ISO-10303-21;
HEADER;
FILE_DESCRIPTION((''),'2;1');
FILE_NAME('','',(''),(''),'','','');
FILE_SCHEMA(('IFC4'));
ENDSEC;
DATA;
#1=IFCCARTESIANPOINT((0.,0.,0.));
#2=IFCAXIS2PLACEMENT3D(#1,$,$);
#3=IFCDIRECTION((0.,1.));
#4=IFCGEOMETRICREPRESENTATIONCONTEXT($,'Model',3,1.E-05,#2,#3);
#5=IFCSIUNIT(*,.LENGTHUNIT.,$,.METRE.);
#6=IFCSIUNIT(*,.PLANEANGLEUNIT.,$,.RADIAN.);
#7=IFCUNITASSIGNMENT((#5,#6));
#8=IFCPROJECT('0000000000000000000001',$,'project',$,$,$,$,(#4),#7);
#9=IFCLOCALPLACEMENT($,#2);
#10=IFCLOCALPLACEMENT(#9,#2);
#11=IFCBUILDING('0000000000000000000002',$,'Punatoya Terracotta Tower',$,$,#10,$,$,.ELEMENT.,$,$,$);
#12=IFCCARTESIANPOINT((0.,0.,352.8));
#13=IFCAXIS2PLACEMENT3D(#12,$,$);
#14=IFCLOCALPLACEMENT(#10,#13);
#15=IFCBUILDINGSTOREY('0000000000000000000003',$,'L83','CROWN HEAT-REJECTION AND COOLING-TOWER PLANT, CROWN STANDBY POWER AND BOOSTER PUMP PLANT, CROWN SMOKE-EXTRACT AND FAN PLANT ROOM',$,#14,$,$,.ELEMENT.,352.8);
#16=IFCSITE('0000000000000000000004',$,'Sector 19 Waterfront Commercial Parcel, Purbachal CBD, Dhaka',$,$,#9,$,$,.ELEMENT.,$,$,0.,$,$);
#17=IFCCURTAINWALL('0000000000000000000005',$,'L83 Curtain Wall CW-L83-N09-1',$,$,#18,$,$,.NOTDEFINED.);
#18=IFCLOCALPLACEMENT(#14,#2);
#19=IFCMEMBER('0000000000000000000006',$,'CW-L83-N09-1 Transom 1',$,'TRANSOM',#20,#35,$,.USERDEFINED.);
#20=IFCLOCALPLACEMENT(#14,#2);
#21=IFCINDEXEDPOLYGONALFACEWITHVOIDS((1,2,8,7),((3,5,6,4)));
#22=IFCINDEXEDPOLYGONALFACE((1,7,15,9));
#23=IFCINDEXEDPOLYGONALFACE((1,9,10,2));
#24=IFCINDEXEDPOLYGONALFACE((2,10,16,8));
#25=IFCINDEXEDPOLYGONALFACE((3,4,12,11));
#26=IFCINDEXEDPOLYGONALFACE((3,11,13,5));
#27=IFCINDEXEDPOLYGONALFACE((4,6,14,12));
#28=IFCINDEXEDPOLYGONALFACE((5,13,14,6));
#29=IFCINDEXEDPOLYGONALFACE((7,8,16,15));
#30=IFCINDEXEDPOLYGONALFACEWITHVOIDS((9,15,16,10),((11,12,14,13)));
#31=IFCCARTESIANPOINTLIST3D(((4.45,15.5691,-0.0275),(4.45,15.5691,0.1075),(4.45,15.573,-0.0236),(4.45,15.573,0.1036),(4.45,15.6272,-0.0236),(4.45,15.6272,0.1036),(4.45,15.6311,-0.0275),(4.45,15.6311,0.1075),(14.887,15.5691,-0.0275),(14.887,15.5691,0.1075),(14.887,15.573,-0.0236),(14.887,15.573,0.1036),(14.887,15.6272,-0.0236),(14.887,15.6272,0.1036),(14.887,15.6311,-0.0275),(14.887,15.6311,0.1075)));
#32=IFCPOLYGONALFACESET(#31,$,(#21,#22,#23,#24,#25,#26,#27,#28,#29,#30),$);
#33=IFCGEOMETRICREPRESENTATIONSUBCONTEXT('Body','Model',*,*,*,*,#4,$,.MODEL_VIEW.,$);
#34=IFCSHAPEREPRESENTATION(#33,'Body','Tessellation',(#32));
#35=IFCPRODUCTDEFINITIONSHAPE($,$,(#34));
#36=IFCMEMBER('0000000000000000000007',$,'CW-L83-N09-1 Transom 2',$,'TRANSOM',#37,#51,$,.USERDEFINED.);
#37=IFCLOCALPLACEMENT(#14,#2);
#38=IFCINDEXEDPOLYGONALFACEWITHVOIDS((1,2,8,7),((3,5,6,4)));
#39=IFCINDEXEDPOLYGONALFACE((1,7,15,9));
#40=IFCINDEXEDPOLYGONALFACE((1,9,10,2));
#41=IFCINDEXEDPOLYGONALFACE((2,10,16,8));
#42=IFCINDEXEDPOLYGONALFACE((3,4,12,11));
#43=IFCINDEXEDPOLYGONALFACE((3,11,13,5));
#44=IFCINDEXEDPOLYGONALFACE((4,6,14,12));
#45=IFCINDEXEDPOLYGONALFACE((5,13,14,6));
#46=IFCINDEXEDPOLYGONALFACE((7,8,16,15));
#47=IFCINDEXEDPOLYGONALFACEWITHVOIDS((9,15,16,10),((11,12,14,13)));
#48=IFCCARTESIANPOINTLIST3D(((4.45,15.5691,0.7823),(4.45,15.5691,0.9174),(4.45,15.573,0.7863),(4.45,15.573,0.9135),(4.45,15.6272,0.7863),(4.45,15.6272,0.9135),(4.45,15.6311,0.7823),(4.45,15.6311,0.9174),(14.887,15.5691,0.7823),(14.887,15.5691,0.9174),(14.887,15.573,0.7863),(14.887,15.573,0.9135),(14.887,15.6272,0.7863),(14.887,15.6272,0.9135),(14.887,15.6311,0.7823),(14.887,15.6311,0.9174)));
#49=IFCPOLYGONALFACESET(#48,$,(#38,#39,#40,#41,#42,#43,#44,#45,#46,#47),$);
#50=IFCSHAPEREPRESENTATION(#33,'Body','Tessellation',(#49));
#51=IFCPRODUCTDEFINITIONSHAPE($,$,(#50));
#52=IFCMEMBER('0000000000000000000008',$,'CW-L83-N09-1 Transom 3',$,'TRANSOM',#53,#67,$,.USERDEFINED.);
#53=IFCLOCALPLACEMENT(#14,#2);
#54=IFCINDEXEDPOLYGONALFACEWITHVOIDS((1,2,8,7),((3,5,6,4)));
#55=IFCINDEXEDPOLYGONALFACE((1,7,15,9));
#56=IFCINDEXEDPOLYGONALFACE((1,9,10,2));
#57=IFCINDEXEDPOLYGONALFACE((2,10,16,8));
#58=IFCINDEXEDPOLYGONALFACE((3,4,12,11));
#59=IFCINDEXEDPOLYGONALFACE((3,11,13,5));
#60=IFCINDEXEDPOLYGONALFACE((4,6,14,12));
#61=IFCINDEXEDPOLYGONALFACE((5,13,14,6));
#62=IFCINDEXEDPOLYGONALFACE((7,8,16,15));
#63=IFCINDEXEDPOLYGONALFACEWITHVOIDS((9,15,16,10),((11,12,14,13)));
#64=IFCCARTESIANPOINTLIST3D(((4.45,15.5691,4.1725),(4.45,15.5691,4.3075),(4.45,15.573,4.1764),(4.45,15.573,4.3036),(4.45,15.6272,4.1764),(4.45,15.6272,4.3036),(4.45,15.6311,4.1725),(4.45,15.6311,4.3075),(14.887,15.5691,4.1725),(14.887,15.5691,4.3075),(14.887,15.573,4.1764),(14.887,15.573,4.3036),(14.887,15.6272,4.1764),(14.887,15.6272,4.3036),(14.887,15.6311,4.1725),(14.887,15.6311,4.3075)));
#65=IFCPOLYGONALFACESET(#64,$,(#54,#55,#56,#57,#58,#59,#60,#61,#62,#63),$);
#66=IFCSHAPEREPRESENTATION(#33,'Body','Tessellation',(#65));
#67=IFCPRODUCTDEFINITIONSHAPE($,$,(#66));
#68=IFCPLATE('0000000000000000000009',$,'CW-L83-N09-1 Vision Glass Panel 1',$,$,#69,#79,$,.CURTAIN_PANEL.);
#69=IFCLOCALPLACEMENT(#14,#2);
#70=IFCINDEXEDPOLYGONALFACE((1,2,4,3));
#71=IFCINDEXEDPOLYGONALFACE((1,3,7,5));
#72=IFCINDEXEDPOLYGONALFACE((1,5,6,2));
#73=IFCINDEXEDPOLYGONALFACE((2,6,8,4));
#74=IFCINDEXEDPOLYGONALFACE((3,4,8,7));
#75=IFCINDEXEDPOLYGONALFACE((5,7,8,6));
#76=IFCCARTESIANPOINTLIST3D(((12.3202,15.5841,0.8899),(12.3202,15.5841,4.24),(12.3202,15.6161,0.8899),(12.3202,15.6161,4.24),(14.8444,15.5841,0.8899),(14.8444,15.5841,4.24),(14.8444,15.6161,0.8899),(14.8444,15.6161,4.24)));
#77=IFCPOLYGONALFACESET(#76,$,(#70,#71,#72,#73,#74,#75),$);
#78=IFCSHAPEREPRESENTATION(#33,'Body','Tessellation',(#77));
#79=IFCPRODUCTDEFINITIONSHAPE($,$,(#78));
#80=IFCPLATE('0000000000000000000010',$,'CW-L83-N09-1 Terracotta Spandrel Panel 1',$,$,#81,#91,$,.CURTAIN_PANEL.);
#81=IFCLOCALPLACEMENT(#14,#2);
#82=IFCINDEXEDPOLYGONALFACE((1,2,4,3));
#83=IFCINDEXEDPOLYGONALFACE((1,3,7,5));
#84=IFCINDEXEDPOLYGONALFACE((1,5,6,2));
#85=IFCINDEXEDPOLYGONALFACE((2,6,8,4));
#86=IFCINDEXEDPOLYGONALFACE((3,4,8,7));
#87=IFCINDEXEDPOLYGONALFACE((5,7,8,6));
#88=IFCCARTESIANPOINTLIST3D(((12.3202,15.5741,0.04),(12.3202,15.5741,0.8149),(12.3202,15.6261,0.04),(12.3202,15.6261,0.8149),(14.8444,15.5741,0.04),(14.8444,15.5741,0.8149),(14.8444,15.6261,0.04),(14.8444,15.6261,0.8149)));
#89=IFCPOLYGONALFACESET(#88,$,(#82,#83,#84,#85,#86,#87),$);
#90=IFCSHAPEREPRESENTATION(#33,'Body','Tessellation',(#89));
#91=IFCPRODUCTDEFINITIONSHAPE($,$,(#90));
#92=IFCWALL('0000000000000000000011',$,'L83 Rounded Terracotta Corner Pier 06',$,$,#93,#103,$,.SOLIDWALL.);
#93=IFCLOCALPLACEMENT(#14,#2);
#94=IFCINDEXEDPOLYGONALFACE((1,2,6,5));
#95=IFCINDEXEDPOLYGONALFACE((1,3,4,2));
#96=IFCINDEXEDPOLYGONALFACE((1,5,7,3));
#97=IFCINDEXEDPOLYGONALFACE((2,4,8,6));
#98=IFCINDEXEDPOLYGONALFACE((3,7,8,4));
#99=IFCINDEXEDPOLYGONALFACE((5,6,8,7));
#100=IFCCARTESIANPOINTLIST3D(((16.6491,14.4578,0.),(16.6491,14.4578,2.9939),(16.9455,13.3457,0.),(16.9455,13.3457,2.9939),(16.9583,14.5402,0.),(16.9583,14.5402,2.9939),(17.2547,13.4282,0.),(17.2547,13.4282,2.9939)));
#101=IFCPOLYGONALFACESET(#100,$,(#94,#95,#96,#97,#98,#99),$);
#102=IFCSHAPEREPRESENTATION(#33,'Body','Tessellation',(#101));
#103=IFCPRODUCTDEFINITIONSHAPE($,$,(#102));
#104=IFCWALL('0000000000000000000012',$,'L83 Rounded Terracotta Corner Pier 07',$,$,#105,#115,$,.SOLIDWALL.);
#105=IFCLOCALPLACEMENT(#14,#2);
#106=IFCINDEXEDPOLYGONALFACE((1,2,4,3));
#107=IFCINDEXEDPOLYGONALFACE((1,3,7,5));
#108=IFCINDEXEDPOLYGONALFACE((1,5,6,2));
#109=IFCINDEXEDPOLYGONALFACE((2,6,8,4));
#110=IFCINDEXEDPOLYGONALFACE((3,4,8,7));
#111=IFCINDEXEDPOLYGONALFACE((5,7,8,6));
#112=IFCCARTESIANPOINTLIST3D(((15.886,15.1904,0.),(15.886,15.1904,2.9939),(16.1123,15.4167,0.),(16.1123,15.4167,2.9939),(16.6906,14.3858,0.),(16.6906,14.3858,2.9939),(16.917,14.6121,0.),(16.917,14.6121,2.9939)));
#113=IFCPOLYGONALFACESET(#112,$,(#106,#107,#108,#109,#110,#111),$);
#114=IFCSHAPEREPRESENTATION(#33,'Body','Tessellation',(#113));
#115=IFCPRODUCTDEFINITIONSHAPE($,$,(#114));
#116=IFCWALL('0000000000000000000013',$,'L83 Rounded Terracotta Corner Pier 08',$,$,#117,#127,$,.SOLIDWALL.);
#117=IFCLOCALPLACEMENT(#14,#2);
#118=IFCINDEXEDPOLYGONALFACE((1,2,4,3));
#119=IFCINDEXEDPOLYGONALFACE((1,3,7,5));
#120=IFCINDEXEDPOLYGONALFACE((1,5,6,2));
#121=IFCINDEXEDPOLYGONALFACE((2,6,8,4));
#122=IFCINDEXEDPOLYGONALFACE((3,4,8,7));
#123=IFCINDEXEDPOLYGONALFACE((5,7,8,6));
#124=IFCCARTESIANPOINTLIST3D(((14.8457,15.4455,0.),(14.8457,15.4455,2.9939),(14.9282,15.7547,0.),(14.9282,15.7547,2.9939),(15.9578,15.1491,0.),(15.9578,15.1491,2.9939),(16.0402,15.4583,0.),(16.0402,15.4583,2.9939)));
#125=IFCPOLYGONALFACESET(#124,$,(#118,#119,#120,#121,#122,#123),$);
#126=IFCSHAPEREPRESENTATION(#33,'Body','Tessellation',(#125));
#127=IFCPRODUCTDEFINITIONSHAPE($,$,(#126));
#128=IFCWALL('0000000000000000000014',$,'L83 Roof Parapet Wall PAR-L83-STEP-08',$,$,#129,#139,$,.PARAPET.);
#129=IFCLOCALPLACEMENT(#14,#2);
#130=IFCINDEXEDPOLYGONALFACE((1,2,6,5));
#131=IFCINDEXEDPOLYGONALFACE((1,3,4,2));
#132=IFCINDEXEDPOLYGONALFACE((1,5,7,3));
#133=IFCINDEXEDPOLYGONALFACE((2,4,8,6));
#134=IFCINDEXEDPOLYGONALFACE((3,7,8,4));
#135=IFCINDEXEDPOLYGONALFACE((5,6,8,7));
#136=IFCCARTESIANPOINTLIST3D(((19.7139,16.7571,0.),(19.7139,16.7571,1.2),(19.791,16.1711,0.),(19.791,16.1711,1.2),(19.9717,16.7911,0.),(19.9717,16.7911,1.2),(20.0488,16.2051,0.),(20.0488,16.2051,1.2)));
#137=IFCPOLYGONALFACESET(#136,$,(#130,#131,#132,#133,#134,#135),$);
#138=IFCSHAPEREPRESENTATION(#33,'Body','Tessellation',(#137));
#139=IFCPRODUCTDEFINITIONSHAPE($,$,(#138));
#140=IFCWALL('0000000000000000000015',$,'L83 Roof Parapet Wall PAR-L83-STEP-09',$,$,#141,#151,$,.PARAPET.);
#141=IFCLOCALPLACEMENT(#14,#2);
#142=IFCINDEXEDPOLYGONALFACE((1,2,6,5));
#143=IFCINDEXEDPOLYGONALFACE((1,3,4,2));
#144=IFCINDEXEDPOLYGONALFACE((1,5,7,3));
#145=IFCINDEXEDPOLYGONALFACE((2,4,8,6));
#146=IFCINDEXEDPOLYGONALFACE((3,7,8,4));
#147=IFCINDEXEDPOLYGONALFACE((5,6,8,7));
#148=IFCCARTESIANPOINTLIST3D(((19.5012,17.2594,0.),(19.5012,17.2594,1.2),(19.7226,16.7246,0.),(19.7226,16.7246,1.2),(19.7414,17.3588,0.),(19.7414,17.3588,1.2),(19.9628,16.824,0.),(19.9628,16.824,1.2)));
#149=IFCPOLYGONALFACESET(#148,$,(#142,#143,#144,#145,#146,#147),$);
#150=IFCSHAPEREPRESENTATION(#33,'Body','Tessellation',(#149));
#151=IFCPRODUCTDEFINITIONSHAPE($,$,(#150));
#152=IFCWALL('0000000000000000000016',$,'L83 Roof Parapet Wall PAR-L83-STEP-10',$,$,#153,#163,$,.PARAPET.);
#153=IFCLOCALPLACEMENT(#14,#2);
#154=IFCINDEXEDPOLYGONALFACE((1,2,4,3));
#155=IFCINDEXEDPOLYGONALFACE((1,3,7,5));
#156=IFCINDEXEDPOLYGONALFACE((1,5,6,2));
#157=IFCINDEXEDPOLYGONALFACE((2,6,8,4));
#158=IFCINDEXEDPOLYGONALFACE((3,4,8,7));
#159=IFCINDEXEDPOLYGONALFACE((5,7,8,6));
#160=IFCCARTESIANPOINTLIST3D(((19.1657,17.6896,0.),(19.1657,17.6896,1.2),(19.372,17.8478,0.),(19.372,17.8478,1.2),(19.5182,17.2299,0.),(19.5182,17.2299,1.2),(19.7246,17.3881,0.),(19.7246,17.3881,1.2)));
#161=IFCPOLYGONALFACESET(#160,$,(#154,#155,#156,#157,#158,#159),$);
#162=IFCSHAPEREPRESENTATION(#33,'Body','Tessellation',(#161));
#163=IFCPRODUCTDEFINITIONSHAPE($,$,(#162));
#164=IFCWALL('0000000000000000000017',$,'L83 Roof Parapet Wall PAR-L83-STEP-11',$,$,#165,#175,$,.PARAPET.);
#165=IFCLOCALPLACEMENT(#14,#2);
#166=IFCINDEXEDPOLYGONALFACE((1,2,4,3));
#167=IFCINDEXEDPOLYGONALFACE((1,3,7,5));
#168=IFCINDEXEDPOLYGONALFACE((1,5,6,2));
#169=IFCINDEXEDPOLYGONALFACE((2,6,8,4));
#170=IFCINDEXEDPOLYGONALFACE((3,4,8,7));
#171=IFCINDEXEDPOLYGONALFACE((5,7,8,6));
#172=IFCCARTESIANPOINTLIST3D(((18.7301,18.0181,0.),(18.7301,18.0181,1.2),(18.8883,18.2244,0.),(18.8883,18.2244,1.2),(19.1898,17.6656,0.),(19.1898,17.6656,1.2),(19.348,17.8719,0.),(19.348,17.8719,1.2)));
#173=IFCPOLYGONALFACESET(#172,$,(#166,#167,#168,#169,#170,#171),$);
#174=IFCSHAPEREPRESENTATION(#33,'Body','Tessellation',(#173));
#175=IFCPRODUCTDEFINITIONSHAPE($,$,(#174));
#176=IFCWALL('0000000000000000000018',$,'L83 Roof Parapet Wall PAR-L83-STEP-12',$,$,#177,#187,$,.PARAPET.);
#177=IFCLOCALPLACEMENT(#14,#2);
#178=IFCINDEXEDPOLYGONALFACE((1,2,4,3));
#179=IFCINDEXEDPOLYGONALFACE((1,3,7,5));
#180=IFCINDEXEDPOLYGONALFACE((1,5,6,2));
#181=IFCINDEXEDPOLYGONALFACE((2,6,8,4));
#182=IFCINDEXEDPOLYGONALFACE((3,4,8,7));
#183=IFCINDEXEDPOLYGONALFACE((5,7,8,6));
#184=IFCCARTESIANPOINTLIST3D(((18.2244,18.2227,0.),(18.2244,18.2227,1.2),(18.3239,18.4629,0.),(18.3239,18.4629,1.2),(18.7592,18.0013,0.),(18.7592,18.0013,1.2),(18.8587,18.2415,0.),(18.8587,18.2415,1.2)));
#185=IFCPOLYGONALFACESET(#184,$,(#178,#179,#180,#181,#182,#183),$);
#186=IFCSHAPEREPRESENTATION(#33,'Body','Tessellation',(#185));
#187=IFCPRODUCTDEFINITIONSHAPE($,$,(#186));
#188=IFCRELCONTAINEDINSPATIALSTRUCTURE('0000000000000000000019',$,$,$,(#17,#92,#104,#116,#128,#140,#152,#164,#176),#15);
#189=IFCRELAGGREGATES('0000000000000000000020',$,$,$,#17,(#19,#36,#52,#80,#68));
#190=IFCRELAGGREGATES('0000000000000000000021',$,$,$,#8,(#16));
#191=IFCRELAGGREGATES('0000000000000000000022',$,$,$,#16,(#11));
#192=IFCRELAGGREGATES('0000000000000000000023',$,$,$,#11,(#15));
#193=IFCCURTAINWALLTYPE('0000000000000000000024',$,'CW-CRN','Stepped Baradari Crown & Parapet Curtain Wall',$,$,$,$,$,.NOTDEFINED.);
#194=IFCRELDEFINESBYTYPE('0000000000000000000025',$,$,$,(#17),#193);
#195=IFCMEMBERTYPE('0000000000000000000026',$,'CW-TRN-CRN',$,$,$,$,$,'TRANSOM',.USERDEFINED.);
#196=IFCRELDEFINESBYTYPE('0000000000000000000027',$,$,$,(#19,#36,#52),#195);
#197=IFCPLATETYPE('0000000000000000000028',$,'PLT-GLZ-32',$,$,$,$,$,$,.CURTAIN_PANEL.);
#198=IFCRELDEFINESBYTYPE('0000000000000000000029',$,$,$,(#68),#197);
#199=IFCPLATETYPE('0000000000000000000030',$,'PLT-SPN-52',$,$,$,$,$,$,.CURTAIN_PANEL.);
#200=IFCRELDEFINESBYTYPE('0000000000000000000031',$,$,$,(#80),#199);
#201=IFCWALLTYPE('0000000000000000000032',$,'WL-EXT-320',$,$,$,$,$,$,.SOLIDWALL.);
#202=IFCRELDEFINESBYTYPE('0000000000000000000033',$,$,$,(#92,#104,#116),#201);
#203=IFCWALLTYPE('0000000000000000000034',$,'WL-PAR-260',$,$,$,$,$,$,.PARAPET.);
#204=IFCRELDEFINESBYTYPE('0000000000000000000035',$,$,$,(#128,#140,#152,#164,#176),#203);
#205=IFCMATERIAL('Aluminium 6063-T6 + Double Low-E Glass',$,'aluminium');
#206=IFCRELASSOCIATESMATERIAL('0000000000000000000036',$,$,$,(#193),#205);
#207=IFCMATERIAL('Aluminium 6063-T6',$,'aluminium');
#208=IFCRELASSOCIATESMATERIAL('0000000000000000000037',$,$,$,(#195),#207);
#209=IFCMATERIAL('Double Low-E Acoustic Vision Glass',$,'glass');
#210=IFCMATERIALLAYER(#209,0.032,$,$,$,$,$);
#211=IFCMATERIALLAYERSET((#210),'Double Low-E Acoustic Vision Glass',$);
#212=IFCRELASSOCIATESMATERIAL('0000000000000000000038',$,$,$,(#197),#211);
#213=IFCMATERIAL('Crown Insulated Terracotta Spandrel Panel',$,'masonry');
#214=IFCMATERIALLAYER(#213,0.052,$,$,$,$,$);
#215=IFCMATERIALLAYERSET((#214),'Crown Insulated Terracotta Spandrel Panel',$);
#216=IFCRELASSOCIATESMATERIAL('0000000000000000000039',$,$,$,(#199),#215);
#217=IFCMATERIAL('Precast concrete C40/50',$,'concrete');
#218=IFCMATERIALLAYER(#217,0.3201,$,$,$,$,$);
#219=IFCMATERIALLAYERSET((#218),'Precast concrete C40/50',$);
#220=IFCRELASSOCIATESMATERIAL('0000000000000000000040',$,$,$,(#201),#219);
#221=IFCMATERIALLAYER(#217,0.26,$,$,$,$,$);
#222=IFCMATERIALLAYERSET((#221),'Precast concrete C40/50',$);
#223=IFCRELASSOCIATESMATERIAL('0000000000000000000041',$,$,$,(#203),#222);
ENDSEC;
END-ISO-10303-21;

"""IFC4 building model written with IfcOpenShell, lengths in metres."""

from ifc_helpers import new_model, si_unit, direction, frame, frame_2d, origin, origin_2d, place, context, subcontext, project, spatial, rectangle, hollow_rectangle, extrude, material, layer, layer_set, material_profile, profile_set, type_object, element, aggregate, save


model = new_model("IFC4")

# Units and contexts
model_context = context("Model", 3, precision=1e-05, world=origin(), true_north=direction((0.0, 1.0)))
body_context = subcontext(model_context, "Body", "Model", "MODEL_VIEW")
ifc_project = project(units=[si_unit("LENGTHUNIT", "METRE"), si_unit("PLANEANGLEUNIT", "RADIAN")], contexts=[model_context])

# Site, building, storey
site_placement = place(None, origin())
site = spatial("IfcSite", under=ifc_project, at=site_placement, Name="Sector 19 Waterfront Commercial Parcel, Purbachal CBD, Dhaka", CompositionType="ELEMENT", RefElevation=0.0)
building_placement = place(site_placement, origin())
building = spatial("IfcBuilding", under=site, at=building_placement, Name="Punatoya Terracotta Tower", CompositionType="ELEMENT")
storey_placement = place(building_placement, frame((0.0, 0.0, 352.8)))
storey = spatial("IfcBuildingStorey", under=building, at=storey_placement, Name="L83", Description="CROWN HEAT-REJECTION AND COOLING-TOWER PLANT, CROWN STANDBY POWER AND BOOSTER PUMP PLANT, CROWN SMOKE-EXTRACT AND FAN PLANT ROOM", CompositionType="ELEMENT", Elevation=352.8)

# Curtain wall, members, plates
ifc_material_1 = material(Name="Aluminium 6063-T6 + Double Low-E Glass", Category="aluminium")
curtain_wall_type = type_object("IfcCurtainWallType", Name="CW-CRN", Description="Stepped Baradari Crown & Parapet Curtain Wall", PredefinedType="NOTDEFINED", material=ifc_material_1)
curtain_wall_placement = place(storey_placement, origin())
curtain_wall = element("IfcCurtainWall", 1, at=curtain_wall_placement, inside=storey, type_object=curtain_wall_type, Name="L83 Curtain Wall CW-L83-N09-1", PredefinedType="NOTDEFINED")
ifc_material_2 = material(Name="Aluminium 6063-T6", Category="aluminium")
ifc_material_profile_1 = material_profile(ifc_material_2, hollow_rectangle(XDim=0.062, YDim=0.135, WallThickness=0.0039, at=origin_2d()))
ifc_profile_set_1 = profile_set([ifc_material_profile_1], Name="Aluminium 6063-T6")
member_type_1 = type_object("IfcMemberType", Name="CW-TRN-CRN", ElementType="TRANSOM", PredefinedType="USERDEFINED", material=ifc_profile_set_1)
member_1_placement = place(storey_placement, frame((14.887, 15.6001, 0.04), z_axis=(-1.0, 0.0, 0.0), x_axis=(0.0, -1.0, 0.0)))
member_1 = element("IfcMember", 2, at=member_1_placement, type_object=member_type_1, Name="CW-L83-N09-1 Transom 1", ObjectType="TRANSOM", PredefinedType="USERDEFINED", context=body_context, shape_type="SweptSolid", body=[
    extrude(hollow_rectangle(XDim=0.062, YDim=0.135, WallThickness=0.0039, at=origin_2d()), origin(), (0.0, 0.0, 1.0), 10.437),
])
member_2_placement = place(storey_placement, frame((14.887, 15.6001, 0.8499), z_axis=(-1.0, 0.0, 0.0), x_axis=(0.0, -1.0, 0.0)))
member_2 = element("IfcMember", 3, at=member_2_placement, type_object=member_type_1, Name="CW-L83-N09-1 Transom 2", ObjectType="TRANSOM", PredefinedType="USERDEFINED", context=body_context, shape_type="SweptSolid", body=[
    extrude(hollow_rectangle(XDim=0.062, YDim=0.135, WallThickness=0.0039, at=origin_2d()), origin(), (0.0, 0.0, 1.0), 10.437),
])
member_3_placement = place(storey_placement, frame((14.887, 15.6001, 4.24), z_axis=(-1.0, 0.0, 0.0), x_axis=(0.0, -1.0, 0.0)))
member_3 = element("IfcMember", 4, at=member_3_placement, type_object=member_type_1, Name="CW-L83-N09-1 Transom 3", ObjectType="TRANSOM", PredefinedType="USERDEFINED", context=body_context, shape_type="SweptSolid", body=[
    extrude(hollow_rectangle(XDim=0.062, YDim=0.135, WallThickness=0.0039, at=origin_2d()), origin(), (0.0, 0.0, 1.0), 10.437),
])
ifc_material_3 = material(Name="Double Low-E Acoustic Vision Glass", Category="glass")
ifc_layer_1 = layer(ifc_material_3, 0.032)
ifc_layer_set_1 = layer_set([ifc_layer_1], Name="Double Low-E Acoustic Vision Glass")
plate_type_1 = type_object("IfcPlateType", Name="PLT-GLZ-32", PredefinedType="CURTAIN_PANEL", material=ifc_layer_set_1)
plate_1_placement = place(storey_placement, frame((13.5823, 15.6001, 0.8899), z_axis=(0.0, 0.0, 1.0), x_axis=(-1.0, 0.0, 0.0)))
plate_1 = element("IfcPlate", 5, at=plate_1_placement, type_object=plate_type_1, Name="CW-L83-N09-1 Vision Glass Panel 1", PredefinedType="CURTAIN_PANEL", context=body_context, shape_type="SweptSolid", body=[
    extrude(rectangle(XDim=2.5242, YDim=0.032, at=origin_2d()), origin(), (0.0, 0.0, 1.0), 3.3501),
])
ifc_material_4 = material(Name="Crown Insulated Terracotta Spandrel Panel", Category="masonry")
ifc_layer_2 = layer(ifc_material_4, 0.052)
ifc_layer_set_2 = layer_set([ifc_layer_2], Name="Crown Insulated Terracotta Spandrel Panel")
plate_type_2 = type_object("IfcPlateType", Name="PLT-SPN-52", PredefinedType="CURTAIN_PANEL", material=ifc_layer_set_2)
plate_2_placement = place(storey_placement, frame((13.5823, 15.6001, 0.04), z_axis=(0.0, 0.0, 1.0), x_axis=(-1.0, 0.0, 0.0)))
plate_2 = element("IfcPlate", 6, at=plate_2_placement, type_object=plate_type_2, Name="CW-L83-N09-1 Terracotta Spandrel Panel 1", PredefinedType="CURTAIN_PANEL", context=body_context, shape_type="SweptSolid", body=[
    extrude(rectangle(XDim=2.5242, YDim=0.052, at=origin_2d()), origin(), (0.0, 0.0, 1.0), 0.7749),
])
aggregate(curtain_wall, [member_1, member_2, member_3, plate_2, plate_1])

# Walls
ifc_material_5 = material(Name="Precast concrete C40/50", Category="concrete")
ifc_layer_3 = layer(ifc_material_5, 0.3201)
ifc_layer_set_3 = layer_set([ifc_layer_3], Name="Precast concrete C40/50")
wall_type_1 = type_object("IfcWallType", Name="WL-EXT-320", PredefinedType="SOLIDWALL", material=ifc_layer_set_3)
wall_1_placement = place(storey_placement, frame((17.1001, 13.387, 0.0), z_axis=(0.0, 0.0, 1.0), x_axis=(-0.257531, 0.96627, 0.0)))
element("IfcWall", 7, at=wall_1_placement, inside=storey, type_object=wall_type_1, Name="L83 Rounded Terracotta Corner Pier 06", PredefinedType="SOLIDWALL", context=body_context, shape_type="SweptSolid", body=[
    extrude(rectangle(XDim=1.1509, YDim=0.3201, at=frame_2d((0.5754, 0.0))), origin(), (0.0, 0.0, 1.0), 2.9939),
])
wall_2_placement = place(storey_placement, frame((16.8037, 14.499, 0.0), z_axis=(0.0, 0.0, 1.0), x_axis=(-0.707107, 0.707107, 0.0)))
element("IfcWall", 8, at=wall_2_placement, inside=storey, type_object=wall_type_1, Name="L83 Rounded Terracotta Corner Pier 07", PredefinedType="SOLIDWALL", context=body_context, shape_type="SweptSolid", body=[
    extrude(rectangle(XDim=1.1379, YDim=0.3201, at=frame_2d((0.5688, 0.0))), origin(), (0.0, 0.0, 1.0), 2.9939),
])
wall_3_placement = place(storey_placement, frame((15.999, 15.3037, 0.0), z_axis=(0.0, 0.0, 1.0), x_axis=(-0.96627, 0.257531, 0.0)))
element("IfcWall", 9, at=wall_3_placement, inside=storey, type_object=wall_type_1, Name="L83 Rounded Terracotta Corner Pier 08", PredefinedType="SOLIDWALL", context=body_context, shape_type="SweptSolid", body=[
    extrude(rectangle(XDim=1.1509, YDim=0.3201, at=frame_2d((0.5754, 0.0))), origin(), (0.0, 0.0, 1.0), 2.9939),
])
ifc_layer_4 = layer(ifc_material_5, 0.26)
ifc_layer_set_4 = layer_set([ifc_layer_4], Name="Precast concrete C40/50")
wall_type_2 = type_object("IfcWallType", Name="WL-PAR-260", PredefinedType="PARAPET", material=ifc_layer_set_4)
wall_4_placement = place(storey_placement, frame((19.9199, 16.1882, 0.0), z_axis=(0.0, 0.0, 1.0), x_axis=(-0.13054, 0.991443, 0.0)))
element("IfcWall", 10, at=wall_4_placement, inside=storey, type_object=wall_type_2, Name="L83 Roof Parapet Wall PAR-L83-STEP-08", PredefinedType="PARAPET", context=body_context, shape_type="SweptSolid", body=[
    extrude(rectangle(XDim=0.5911, YDim=0.26, at=frame_2d((0.2954, 0.0))), origin(), (0.0, 0.0, 1.0), 1.2),
])
wall_5_placement = place(storey_placement, frame((19.8428, 16.7742, 0.0), z_axis=(0.0, 0.0, 1.0), x_axis=(-0.382488, 0.92396, 0.0)))
element("IfcWall", 11, at=wall_5_placement, inside=storey, type_object=wall_type_2, Name="L83 Roof Parapet Wall PAR-L83-STEP-09", PredefinedType="PARAPET", context=body_context, shape_type="SweptSolid", body=[
    extrude(rectangle(XDim=0.5789, YDim=0.26, at=frame_2d((0.2896, 0.0))), origin(), (0.0, 0.0, 1.0), 1.2),
])
for number, where, z_axis, x_axis, name in (
    (12, (19.6213, 17.3091, 0.0), (0.0, 0.0, 1.0), (-0.608529, 0.793532, 0.0), "L83 Roof Parapet Wall PAR-L83-STEP-10"),
    (13, (19.2688, 17.7688, 0.0), (0.0, 0.0, 1.0), (-0.793532, 0.608529, 0.0), "L83 Roof Parapet Wall PAR-L83-STEP-11"),
):
    element("IfcWall", number, at=place(storey_placement, frame(where, z_axis=z_axis, x_axis=x_axis)), inside=storey, type_object=wall_type_2, Name=name, PredefinedType="PARAPET", context=body_context, shape_type="SweptSolid", body=[
        extrude(rectangle(XDim=0.5793, YDim=0.26, at=frame_2d((0.2896, 0.0))), origin(), (0.0, 0.0, 1.0), 1.2),
    ])
wall_6_placement = place(storey_placement, frame((18.8091, 18.1213, 0.0), z_axis=(0.0, 0.0, 1.0), x_axis=(-0.92396, 0.382488, 0.0)))
element("IfcWall", 14, at=wall_6_placement, inside=storey, type_object=wall_type_2, Name="L83 Roof Parapet Wall PAR-L83-STEP-12", PredefinedType="PARAPET", context=body_context, shape_type="SweptSolid", body=[
    extrude(rectangle(XDim=0.5789, YDim=0.26, at=frame_2d((0.2896, 0.0))), origin(), (0.0, 0.0, 1.0), 1.2),
])

save(model, "model.ifc")
